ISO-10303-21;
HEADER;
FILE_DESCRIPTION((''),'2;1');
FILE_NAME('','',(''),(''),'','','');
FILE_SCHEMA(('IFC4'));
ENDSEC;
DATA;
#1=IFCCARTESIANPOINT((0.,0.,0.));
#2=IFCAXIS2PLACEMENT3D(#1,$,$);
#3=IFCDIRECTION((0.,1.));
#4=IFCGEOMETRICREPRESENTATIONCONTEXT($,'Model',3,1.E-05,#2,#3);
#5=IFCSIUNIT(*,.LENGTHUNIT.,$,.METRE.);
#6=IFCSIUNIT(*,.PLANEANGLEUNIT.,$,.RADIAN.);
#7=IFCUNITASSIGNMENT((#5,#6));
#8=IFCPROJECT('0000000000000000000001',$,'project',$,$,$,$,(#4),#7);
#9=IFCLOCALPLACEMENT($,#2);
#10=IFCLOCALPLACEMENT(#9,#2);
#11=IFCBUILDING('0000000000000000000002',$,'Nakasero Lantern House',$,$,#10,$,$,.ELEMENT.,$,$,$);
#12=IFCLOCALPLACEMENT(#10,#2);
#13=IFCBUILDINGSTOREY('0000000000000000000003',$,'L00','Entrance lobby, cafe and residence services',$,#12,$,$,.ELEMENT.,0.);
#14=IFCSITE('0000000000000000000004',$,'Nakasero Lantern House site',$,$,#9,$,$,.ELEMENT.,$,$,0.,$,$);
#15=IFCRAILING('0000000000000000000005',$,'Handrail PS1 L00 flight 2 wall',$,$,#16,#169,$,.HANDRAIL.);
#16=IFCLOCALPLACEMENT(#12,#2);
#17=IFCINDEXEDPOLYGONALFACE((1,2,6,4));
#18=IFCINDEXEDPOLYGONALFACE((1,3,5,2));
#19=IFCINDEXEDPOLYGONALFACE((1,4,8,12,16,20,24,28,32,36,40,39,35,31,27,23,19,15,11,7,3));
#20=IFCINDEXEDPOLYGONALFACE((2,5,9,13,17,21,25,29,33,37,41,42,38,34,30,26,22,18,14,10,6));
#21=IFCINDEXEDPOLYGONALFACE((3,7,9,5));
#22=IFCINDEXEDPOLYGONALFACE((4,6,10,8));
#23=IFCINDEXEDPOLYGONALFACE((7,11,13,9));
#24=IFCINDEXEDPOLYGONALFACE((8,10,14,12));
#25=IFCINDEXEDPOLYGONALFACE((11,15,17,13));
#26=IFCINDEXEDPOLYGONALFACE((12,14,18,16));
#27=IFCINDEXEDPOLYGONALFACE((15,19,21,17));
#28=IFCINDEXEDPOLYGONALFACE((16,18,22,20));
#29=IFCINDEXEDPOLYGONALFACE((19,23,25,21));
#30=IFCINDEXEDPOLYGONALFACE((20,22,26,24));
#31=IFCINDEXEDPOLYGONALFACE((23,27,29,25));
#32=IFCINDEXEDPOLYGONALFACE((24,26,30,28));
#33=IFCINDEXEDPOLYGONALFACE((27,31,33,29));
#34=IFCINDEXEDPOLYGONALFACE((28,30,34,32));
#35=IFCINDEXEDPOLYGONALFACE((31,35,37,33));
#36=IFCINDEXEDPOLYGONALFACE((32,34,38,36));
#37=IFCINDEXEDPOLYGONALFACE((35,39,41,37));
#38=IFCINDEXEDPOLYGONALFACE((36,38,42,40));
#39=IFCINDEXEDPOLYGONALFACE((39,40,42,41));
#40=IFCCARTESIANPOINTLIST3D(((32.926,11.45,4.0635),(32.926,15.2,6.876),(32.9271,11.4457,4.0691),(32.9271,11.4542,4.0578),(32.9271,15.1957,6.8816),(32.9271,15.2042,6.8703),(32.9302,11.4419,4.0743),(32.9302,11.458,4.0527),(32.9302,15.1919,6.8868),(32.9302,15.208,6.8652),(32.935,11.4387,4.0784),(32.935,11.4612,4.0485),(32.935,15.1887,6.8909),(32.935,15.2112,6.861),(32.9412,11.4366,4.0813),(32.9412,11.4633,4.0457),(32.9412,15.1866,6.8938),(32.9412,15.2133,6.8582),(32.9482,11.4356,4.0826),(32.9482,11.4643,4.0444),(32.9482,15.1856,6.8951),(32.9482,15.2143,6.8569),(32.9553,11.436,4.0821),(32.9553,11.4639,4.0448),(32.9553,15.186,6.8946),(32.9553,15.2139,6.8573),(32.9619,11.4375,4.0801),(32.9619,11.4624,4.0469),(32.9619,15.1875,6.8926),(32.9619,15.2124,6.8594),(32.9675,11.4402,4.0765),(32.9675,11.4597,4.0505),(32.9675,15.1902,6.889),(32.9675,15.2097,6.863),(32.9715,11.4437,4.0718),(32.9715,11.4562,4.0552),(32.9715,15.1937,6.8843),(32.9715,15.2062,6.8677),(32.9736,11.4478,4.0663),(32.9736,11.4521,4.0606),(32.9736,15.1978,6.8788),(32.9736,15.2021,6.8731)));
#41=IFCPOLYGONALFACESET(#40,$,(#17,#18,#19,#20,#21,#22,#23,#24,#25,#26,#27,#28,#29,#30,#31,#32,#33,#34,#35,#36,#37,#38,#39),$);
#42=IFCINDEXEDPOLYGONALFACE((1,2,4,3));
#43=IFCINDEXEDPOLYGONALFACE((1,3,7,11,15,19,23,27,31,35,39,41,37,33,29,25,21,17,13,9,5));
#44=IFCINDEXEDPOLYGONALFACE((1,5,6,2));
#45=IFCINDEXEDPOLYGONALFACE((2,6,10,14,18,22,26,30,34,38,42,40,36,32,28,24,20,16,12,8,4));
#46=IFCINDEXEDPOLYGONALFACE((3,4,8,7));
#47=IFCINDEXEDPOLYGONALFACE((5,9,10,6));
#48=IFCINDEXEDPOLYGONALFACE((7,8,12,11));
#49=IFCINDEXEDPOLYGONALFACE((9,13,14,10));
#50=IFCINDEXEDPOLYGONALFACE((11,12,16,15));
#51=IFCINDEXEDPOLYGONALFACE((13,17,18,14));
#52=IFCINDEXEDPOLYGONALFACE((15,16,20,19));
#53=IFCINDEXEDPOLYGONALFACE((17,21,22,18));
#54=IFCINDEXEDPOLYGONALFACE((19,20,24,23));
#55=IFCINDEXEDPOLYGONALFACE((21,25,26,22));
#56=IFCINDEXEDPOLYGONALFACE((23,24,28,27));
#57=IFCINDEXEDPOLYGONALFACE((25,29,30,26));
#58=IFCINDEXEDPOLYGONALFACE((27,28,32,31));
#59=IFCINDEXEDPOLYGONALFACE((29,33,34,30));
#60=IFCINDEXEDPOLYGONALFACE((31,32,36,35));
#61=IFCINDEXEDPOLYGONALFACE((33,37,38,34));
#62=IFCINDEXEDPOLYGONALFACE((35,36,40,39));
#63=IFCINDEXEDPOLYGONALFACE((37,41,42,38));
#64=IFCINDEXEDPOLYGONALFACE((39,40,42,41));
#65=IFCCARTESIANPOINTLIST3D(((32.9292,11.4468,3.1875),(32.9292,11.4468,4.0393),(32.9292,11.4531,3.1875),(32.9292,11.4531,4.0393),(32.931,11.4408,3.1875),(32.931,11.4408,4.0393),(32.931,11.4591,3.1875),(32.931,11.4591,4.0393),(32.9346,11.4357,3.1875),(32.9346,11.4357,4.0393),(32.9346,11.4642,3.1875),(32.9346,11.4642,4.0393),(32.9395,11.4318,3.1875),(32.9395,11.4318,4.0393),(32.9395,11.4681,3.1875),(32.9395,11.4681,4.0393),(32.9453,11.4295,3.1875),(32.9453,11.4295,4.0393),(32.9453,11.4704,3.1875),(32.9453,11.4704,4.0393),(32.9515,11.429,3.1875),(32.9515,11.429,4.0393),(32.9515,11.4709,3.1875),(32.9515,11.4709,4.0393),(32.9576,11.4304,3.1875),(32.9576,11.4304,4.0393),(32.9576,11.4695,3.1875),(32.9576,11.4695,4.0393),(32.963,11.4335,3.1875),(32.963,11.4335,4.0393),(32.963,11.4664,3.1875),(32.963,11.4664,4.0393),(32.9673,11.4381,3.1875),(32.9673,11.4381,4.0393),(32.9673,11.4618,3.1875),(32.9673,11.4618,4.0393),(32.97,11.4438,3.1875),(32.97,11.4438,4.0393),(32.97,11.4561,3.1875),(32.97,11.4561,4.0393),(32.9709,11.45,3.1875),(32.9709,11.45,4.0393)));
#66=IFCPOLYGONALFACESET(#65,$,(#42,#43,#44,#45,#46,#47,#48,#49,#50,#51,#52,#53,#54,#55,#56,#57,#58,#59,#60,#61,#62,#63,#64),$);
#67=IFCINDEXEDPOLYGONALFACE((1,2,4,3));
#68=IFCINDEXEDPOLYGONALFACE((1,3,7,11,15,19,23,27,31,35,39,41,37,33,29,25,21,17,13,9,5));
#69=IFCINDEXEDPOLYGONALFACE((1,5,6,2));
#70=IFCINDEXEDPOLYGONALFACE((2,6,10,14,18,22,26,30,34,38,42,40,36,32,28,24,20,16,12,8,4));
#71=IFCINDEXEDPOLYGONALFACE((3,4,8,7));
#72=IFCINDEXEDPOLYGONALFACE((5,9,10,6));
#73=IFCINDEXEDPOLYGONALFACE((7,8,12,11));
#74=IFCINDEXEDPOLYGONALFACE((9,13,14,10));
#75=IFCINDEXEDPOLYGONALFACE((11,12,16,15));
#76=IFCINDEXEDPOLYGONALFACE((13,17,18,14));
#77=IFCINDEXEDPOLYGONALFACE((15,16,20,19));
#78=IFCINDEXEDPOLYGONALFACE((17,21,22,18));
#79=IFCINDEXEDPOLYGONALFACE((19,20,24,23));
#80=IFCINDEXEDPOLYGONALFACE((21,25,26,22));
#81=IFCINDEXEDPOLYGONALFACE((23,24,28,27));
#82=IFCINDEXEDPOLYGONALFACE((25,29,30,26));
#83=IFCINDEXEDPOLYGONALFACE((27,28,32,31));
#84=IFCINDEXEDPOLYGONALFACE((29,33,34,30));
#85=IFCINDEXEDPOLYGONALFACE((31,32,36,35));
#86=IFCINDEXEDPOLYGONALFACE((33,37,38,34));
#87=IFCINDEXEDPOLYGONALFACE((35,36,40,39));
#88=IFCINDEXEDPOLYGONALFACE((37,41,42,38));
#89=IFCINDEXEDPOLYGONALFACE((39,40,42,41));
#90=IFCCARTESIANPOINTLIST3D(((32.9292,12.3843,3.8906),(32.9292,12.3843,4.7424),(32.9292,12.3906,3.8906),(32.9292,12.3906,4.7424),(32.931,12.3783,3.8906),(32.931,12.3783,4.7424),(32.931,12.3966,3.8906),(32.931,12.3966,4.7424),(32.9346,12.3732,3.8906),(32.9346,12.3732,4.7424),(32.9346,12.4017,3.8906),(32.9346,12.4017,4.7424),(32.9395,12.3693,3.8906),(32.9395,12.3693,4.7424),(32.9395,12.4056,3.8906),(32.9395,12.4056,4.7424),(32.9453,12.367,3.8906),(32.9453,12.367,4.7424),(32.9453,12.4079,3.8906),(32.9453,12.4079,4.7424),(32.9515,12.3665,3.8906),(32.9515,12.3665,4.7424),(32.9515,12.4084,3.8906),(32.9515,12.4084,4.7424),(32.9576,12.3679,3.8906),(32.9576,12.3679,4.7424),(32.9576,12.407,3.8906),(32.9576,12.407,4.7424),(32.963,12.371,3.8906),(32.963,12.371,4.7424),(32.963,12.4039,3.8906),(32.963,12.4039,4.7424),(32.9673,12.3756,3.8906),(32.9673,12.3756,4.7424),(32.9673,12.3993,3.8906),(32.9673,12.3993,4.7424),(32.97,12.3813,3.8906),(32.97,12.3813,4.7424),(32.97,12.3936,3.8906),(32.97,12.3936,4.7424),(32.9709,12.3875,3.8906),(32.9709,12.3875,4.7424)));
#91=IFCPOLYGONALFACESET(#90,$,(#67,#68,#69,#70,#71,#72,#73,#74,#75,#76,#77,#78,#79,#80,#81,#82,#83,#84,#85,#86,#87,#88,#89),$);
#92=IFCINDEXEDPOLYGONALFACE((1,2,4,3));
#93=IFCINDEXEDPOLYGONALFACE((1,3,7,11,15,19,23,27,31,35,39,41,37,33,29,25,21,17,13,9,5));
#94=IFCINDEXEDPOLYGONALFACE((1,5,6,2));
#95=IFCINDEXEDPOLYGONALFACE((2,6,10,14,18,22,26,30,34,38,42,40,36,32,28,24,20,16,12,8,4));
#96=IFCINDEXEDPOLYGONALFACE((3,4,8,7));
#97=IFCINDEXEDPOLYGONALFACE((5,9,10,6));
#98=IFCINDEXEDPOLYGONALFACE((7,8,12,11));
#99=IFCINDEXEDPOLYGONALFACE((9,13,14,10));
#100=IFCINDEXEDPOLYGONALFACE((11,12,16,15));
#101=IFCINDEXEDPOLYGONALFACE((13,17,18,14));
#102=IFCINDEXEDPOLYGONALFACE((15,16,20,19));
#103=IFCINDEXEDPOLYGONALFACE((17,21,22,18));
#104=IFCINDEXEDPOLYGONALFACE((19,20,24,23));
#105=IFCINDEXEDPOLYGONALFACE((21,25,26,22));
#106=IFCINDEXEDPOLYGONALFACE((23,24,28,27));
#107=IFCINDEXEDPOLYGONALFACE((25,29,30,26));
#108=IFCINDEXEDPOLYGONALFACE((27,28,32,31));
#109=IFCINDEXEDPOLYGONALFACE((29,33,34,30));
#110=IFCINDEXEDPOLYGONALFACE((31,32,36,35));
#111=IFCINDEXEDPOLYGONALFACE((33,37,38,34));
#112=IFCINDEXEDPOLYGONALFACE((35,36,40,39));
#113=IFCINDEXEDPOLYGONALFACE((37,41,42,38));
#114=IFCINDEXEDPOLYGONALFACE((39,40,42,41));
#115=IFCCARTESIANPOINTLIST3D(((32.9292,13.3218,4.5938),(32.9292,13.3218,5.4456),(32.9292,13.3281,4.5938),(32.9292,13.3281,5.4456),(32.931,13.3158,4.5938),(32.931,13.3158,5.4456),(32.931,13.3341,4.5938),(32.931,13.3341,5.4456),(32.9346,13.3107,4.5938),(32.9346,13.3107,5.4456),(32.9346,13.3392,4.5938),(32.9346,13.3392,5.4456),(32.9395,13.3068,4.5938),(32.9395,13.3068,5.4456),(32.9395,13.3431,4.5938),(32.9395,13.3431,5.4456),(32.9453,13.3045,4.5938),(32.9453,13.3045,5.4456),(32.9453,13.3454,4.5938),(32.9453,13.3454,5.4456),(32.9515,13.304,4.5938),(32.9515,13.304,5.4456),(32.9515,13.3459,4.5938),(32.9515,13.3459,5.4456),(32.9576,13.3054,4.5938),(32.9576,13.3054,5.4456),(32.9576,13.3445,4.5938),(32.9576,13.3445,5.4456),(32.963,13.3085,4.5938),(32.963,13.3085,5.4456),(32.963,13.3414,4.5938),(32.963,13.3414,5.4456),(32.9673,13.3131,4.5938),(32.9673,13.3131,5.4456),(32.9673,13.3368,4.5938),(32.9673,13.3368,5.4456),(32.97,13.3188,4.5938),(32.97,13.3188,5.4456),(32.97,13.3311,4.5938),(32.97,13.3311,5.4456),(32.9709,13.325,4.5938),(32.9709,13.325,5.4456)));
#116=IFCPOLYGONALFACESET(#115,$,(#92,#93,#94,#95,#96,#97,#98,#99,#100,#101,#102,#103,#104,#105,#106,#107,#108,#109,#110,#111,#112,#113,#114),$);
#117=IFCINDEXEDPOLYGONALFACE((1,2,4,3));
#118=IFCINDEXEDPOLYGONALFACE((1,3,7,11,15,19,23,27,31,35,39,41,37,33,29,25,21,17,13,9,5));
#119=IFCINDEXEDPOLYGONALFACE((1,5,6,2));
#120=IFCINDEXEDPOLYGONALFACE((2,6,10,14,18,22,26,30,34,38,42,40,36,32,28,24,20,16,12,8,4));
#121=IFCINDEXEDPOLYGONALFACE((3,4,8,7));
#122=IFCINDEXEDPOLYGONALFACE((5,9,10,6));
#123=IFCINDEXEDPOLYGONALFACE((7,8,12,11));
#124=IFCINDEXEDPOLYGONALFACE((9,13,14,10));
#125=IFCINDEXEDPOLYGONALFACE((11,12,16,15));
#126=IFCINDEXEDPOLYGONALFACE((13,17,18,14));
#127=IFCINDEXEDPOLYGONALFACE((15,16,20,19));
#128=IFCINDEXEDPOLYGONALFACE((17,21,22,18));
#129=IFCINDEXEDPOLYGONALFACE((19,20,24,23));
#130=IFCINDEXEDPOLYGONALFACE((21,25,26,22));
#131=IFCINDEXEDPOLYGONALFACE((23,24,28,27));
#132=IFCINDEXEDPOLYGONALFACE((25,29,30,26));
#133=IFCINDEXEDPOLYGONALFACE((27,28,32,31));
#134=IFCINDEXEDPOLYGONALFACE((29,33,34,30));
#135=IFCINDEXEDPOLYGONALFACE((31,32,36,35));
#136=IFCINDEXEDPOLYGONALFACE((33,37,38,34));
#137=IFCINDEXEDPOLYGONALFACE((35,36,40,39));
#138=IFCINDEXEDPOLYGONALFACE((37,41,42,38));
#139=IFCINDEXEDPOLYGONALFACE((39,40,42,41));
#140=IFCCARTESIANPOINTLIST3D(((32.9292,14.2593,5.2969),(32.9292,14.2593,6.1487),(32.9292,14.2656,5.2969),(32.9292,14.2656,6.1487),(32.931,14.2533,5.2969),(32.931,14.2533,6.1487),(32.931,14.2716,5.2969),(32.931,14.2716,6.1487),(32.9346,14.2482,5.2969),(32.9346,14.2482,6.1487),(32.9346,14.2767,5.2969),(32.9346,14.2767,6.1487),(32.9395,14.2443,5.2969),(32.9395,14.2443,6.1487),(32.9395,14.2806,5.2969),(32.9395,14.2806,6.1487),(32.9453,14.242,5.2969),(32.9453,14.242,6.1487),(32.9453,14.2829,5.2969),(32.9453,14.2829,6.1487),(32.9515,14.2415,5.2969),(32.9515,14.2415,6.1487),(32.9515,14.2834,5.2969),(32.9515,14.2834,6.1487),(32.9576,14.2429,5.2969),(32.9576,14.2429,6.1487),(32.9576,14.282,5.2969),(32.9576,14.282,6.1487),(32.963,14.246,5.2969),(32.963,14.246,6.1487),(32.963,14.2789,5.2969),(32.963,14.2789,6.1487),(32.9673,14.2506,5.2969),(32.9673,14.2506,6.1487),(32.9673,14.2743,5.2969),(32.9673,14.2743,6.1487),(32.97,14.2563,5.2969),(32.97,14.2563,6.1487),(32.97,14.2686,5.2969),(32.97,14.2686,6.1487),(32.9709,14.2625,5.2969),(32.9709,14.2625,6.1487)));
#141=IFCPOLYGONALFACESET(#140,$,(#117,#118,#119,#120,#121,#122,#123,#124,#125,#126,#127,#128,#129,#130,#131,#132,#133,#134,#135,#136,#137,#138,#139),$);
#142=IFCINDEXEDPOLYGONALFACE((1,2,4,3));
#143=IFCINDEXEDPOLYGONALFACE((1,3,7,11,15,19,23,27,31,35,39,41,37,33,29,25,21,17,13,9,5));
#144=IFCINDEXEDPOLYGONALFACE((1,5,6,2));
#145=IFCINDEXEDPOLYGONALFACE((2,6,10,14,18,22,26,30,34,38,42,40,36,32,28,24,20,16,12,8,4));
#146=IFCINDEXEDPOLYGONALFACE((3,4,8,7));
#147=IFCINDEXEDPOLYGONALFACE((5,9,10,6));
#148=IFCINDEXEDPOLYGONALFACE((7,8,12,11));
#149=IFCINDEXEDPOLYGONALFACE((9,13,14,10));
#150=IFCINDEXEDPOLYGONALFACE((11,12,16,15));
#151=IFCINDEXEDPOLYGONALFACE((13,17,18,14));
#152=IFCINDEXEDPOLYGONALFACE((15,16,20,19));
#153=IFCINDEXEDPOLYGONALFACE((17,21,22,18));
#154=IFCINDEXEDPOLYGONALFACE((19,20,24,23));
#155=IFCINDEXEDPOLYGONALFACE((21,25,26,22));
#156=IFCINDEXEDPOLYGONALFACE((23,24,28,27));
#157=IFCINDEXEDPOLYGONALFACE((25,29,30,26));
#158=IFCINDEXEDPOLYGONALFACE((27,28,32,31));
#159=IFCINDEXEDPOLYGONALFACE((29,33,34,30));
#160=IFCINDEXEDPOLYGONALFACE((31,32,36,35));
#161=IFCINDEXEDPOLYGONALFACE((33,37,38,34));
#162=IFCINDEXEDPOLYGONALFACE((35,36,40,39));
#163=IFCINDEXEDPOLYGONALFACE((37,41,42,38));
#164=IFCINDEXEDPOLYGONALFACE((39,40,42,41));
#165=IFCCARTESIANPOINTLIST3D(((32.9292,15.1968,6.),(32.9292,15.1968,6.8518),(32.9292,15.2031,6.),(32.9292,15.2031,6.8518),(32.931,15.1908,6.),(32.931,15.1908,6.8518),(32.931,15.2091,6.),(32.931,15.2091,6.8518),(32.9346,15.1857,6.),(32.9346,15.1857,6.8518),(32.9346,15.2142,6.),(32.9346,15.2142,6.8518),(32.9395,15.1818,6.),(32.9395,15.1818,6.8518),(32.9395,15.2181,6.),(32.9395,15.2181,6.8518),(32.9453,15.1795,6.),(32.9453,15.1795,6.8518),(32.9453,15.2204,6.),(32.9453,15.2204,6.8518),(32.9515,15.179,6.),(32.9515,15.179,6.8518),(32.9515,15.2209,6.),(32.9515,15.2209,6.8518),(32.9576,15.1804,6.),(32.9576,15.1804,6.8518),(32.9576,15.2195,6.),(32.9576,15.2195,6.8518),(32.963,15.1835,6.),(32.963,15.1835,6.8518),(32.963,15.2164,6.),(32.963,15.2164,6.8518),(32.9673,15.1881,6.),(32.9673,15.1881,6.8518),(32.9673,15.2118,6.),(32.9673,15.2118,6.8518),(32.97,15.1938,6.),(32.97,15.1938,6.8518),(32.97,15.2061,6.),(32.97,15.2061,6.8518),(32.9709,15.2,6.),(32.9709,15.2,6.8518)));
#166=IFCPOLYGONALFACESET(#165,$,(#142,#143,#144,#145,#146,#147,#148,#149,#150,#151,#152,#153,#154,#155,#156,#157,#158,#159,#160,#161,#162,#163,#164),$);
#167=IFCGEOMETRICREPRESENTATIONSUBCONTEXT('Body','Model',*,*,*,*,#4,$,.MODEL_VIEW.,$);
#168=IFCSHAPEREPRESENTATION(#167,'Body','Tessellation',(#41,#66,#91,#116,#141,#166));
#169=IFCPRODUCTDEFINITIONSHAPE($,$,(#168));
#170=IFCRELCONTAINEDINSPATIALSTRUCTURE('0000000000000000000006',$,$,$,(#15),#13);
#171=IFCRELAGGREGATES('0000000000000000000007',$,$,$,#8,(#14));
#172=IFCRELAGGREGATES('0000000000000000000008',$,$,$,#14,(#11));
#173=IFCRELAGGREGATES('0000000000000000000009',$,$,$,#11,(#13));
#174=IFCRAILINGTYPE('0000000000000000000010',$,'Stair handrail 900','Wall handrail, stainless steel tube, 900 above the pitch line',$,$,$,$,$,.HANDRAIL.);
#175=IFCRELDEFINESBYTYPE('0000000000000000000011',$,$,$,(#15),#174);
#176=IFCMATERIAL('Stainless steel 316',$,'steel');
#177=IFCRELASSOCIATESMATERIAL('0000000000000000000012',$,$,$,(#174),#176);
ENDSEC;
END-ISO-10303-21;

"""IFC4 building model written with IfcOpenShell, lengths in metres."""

from ifc_helpers import new_model, si_unit, direction, frame, origin, origin_2d, place, context, subcontext, project, spatial, circle, extrude, material, type_object, element, save


model = new_model("IFC4")

# Units and contexts
model_context = context("Model", 3, precision=1e-05, world=origin(), true_north=direction((0.0, 1.0)))
body_context = subcontext(model_context, "Body", "Model", "MODEL_VIEW")
ifc_project = project(units=[si_unit("LENGTHUNIT", "METRE"), si_unit("PLANEANGLEUNIT", "RADIAN")], contexts=[model_context])

# Site, building, storey
site_placement = place(None, origin())
site = spatial("IfcSite", under=ifc_project, at=site_placement, Name="Nakasero Lantern House site", CompositionType="ELEMENT", RefElevation=0.0)
building_placement = place(site_placement, origin())
building = spatial("IfcBuilding", under=site, at=building_placement, Name="Nakasero Lantern House", CompositionType="ELEMENT")
storey_placement = place(building_placement, origin())
storey = spatial("IfcBuildingStorey", under=building, at=storey_placement, Name="L00", Description="Entrance lobby, cafe and residence services", CompositionType="ELEMENT", Elevation=0.0)

# Railing
ifc_material_1 = material(Name="Stainless steel 316", Category="steel")
railing_type = type_object("IfcRailingType", Name="Stair handrail 900", Description="Wall handrail, stainless steel tube, 900 above the pitch line", PredefinedType="HANDRAIL", material=ifc_material_1)
for number, where, name in (
    (1, (32.95, 11.45, 3.1875), "Handrail PS1 L00 flight 2 wall"),
):
    element("IfcRailing", number, at=place(storey_placement, frame(where)), inside=storey, type_object=railing_type, Name=name, PredefinedType="HANDRAIL", context=body_context, shape_type="SweptSolid", body=[
        extrude(circle(Radius=0.0239, at=origin_2d()), frame((0.0, 0.0, 0.876), z_axis=(0.0, 0.8, 0.6), x_axis=(-1.0, 0.0, 0.0)), (0.0, 0.0, 1.0), 4.6875),
        extrude(circle(Radius=0.021, at=origin_2d()), origin(), (0.0, 0.0, 1.0), 0.8518),
        extrude(circle(Radius=0.021, at=origin_2d()), frame((0.0, 0.9375, 0.7031)), (0.0, 0.0, 1.0), 0.8518),
        extrude(circle(Radius=0.021, at=origin_2d()), frame((0.0, 1.875, 1.4062)), (0.0, 0.0, 1.0), 0.8518),
        extrude(circle(Radius=0.021, at=origin_2d()), frame((0.0, 2.8125, 2.1094)), (0.0, 0.0, 1.0), 0.8518),
        extrude(circle(Radius=0.021, at=origin_2d()), frame((0.0, 3.75, 2.8125)), (0.0, 0.0, 1.0), 0.8518),
    ])

save(model, "model.ifc")
